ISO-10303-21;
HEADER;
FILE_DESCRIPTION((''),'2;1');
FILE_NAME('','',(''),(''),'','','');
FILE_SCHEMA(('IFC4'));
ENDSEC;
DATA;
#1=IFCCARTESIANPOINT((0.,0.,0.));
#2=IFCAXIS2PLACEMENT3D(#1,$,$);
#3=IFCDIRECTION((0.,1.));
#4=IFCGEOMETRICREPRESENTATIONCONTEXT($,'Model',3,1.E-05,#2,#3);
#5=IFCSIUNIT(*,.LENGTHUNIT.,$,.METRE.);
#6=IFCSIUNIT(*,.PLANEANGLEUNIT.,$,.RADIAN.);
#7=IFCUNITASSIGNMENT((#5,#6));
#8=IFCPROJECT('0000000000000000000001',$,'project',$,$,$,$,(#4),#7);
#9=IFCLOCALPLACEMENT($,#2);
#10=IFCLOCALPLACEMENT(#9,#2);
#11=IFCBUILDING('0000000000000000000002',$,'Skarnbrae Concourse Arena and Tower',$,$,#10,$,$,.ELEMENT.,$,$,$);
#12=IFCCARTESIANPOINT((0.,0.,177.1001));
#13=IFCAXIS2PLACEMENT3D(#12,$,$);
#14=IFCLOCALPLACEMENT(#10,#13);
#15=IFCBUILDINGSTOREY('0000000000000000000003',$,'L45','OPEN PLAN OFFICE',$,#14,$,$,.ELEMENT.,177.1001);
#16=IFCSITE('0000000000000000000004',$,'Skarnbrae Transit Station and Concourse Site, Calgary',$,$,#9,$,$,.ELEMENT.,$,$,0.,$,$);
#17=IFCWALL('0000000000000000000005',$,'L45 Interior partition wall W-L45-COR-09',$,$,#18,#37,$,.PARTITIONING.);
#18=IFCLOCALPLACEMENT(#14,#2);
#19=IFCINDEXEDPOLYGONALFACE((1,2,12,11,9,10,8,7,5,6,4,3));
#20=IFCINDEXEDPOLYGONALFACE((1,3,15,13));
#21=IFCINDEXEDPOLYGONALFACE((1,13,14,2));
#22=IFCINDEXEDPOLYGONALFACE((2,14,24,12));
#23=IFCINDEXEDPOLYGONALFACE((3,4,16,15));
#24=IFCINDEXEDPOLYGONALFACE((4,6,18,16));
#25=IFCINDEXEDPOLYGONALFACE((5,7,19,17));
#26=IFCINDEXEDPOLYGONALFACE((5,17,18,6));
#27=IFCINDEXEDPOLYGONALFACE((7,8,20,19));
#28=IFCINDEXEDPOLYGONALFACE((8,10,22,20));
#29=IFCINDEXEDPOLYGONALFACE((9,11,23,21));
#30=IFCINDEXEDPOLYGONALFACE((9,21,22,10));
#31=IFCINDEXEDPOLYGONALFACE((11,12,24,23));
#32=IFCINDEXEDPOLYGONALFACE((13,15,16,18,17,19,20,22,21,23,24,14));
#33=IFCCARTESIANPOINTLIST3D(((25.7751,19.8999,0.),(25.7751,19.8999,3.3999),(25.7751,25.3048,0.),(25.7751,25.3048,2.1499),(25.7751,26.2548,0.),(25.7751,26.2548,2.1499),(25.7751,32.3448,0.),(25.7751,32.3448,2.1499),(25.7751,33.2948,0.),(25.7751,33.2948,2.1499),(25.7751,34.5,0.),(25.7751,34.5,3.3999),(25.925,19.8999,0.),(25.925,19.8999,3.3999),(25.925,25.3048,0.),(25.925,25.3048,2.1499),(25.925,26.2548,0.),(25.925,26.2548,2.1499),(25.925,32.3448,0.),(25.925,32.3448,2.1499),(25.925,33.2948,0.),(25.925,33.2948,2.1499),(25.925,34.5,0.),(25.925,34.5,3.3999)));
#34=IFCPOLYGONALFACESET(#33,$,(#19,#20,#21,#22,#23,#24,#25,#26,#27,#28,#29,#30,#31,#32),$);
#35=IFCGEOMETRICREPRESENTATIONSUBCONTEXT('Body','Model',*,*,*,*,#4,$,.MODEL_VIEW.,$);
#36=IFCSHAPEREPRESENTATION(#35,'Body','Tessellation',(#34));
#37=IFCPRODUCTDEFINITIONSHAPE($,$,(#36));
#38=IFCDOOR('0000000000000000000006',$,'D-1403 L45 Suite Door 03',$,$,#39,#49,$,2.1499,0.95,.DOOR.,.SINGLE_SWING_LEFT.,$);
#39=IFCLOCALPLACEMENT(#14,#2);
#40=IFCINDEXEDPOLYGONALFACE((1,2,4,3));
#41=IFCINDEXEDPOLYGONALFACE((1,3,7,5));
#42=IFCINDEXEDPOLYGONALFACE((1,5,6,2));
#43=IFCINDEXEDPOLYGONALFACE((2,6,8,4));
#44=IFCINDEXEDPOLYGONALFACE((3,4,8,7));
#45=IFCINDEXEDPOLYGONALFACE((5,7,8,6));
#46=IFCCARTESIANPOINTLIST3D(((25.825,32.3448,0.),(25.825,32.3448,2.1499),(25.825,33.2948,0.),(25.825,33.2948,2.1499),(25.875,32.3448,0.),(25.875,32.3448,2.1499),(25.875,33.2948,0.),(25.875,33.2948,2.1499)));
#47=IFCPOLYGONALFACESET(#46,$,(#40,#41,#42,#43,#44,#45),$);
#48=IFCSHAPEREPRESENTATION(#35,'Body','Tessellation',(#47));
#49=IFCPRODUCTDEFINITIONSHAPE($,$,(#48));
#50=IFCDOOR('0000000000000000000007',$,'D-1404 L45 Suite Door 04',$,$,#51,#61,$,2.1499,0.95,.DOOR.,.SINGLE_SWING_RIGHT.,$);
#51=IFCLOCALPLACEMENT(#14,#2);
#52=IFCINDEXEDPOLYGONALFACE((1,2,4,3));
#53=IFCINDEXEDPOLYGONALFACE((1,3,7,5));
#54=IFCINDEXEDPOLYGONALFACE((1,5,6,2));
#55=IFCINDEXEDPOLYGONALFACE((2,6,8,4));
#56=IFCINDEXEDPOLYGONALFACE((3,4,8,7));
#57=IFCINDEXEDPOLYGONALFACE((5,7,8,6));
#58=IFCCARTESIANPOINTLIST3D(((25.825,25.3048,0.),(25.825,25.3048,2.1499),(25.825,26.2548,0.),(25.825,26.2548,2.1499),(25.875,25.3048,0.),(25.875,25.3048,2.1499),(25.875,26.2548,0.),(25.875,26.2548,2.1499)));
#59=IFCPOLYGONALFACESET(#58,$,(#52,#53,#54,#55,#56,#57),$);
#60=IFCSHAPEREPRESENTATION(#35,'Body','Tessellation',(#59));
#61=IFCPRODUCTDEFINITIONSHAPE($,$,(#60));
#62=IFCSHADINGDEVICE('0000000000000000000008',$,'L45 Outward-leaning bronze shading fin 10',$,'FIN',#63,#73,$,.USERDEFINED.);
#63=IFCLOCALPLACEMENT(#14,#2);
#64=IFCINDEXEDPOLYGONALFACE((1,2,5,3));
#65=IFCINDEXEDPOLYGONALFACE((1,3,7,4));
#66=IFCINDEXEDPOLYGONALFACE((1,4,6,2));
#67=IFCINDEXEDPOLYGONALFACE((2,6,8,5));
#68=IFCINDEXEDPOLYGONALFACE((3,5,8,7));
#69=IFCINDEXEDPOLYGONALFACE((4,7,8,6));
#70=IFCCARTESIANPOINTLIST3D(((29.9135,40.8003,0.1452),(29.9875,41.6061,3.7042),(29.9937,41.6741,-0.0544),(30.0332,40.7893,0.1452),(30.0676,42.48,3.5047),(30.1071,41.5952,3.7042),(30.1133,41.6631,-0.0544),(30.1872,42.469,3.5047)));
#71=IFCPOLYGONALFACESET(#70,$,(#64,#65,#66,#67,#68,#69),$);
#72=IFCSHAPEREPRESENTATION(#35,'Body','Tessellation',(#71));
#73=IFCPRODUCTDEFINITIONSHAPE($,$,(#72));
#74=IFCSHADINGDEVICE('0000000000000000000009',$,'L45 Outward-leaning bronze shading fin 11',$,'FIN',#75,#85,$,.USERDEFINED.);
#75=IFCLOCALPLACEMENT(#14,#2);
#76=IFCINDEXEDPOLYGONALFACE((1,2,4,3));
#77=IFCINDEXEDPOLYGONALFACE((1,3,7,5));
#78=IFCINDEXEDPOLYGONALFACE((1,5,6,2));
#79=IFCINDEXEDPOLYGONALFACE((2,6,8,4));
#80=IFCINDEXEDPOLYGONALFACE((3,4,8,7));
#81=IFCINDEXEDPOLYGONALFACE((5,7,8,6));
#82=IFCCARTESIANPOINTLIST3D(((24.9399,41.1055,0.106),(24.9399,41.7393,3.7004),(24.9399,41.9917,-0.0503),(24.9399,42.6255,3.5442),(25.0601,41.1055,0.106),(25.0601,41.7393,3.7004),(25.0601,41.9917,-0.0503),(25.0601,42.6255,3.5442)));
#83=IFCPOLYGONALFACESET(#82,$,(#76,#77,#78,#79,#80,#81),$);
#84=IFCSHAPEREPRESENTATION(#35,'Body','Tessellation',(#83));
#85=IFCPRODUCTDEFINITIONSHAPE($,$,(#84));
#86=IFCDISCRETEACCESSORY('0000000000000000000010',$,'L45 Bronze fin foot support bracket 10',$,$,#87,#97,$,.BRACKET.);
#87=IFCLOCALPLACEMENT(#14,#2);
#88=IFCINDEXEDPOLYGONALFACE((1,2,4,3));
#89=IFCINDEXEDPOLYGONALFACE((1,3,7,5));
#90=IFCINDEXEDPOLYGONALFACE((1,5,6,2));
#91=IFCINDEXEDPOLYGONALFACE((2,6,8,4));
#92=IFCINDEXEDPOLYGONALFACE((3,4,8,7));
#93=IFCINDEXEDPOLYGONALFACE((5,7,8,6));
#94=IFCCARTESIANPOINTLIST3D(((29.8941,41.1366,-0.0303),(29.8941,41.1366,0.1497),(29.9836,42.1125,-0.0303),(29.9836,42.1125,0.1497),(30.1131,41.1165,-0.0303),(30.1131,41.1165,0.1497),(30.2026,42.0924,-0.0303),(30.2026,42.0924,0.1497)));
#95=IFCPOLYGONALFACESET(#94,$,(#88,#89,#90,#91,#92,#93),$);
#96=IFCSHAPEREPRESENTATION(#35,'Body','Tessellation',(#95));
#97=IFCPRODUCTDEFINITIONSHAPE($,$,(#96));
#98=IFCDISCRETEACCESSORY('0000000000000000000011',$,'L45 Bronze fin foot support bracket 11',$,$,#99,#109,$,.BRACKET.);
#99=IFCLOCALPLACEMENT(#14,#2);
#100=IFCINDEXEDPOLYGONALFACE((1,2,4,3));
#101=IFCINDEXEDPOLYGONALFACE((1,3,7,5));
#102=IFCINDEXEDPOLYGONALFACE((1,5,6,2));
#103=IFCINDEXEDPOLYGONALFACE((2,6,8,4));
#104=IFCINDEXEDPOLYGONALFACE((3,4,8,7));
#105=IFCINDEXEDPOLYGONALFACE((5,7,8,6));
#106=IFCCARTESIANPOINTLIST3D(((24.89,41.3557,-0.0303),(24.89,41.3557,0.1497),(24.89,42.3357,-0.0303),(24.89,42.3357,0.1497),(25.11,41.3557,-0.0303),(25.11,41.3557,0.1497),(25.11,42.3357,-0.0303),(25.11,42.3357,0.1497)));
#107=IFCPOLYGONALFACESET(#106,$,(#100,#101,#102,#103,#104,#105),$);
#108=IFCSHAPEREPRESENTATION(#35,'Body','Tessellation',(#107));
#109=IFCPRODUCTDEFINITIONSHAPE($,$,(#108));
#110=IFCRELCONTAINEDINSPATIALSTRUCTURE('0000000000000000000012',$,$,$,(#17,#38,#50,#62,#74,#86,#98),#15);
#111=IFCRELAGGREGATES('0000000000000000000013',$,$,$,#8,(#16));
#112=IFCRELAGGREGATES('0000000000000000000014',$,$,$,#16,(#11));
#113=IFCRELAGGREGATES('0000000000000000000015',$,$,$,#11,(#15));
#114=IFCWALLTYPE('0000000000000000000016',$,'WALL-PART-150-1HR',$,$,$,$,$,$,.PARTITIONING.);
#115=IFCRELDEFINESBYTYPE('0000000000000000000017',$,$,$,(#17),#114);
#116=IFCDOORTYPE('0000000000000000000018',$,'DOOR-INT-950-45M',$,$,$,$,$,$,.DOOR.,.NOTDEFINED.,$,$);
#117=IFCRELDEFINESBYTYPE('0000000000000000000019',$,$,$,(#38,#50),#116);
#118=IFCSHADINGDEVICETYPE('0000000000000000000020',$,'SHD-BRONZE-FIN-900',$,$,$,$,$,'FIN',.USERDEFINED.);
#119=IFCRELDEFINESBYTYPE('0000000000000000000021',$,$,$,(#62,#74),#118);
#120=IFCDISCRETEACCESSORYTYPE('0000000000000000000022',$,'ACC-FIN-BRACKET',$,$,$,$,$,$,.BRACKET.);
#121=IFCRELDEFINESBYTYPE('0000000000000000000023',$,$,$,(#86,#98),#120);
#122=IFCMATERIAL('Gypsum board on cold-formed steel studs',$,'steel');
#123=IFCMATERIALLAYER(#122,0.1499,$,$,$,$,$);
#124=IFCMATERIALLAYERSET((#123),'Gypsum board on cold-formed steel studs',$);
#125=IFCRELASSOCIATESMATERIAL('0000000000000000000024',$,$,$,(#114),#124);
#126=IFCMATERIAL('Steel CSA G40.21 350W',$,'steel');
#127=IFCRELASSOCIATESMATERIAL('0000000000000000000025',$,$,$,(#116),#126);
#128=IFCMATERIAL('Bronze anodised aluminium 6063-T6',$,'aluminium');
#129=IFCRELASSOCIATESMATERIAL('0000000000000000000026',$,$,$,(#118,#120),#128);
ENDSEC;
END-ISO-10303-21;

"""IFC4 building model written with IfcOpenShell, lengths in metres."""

from ifc_helpers import new_model, si_unit, direction, frame, frame_2d, origin, origin_2d, place, context, subcontext, project, spatial, rectangle, extrude, source, transform, mapped, material, layer, layer_set, type_object, element, fill, save


model = new_model("IFC4")

# Units and contexts
model_context = context("Model", 3, precision=1e-05, world=origin(), true_north=direction((0.0, 1.0)))
body_context = subcontext(model_context, "Body", "Model", "MODEL_VIEW")
ifc_project = project(units=[si_unit("LENGTHUNIT", "METRE"), si_unit("PLANEANGLEUNIT", "RADIAN")], contexts=[model_context])

# Site, building, storey
site_placement = place(None, origin())
site = spatial("IfcSite", under=ifc_project, at=site_placement, Name="Skarnbrae Transit Station and Concourse Site, Calgary", CompositionType="ELEMENT", RefElevation=0.0)
building_placement = place(site_placement, origin())
building = spatial("IfcBuilding", under=site, at=building_placement, Name="Skarnbrae Concourse Arena and Tower", CompositionType="ELEMENT")
storey_placement = place(building_placement, frame((0.0, 0.0, 177.1001)))
storey = spatial("IfcBuildingStorey", under=building, at=storey_placement, Name="L45", Description="OPEN PLAN OFFICE", CompositionType="ELEMENT", Elevation=177.1001)

# Shared definitions
ifc_material_1 = material(Name="Steel CSA G40.21 350W", Category="steel")

# Shared definitions
ifc_material_2 = material(Name="Bronze anodised aluminium 6063-T6", Category="aluminium")

# Shared definitions
ifc_material_3 = material(Name="Gypsum board on cold-formed steel studs", Category="steel")
ifc_layer_1 = layer(ifc_material_3, 0.1499)
ifc_layer_set_1 = layer_set([ifc_layer_1], Name="Gypsum board on cold-formed steel studs")
wall_type = type_object("IfcWallType", Name="WALL-PART-150-1HR", PredefinedType="PARTITIONING", material=ifc_layer_set_1)

# Wall, openings, doors
shared_shape_1 = source(origin(), body_context, "Body", "SweptSolid", [
    extrude(rectangle(XDim=14.6001, YDim=0.1499, at=frame_2d((7.3, 0.0))), origin(), (0.0, 0.0, 1.0), 3.3999),
])
wall_1_placement = place(storey_placement, frame((25.8501, 34.5, 0.0), z_axis=(0.0, 0.0, 1.0), x_axis=(0.0, -1.0, 0.0)))
wall_1 = element("IfcWall", 1, at=wall_1_placement, inside=storey, type_object=wall_type, Name="L45 Interior partition wall W-L45-COR-09", PredefinedType="PARTITIONING", context=body_context, shape_type="MappedRepresentation", body=[
    mapped(shared_shape_1, transform((0.0, 0.0, 0.0))),
])
opening_1_placement = place(wall_1_placement, frame((1.2051, 0.0, 0.0)))
opening_1 = element("IfcOpeningElement", 2, at=opening_1_placement, cuts=wall_1, PredefinedType="OPENING", context=body_context, shape_type="SweptSolid", body=[
    extrude(rectangle(XDim=0.95, YDim=2.1499, at=frame_2d((0.4751, 1.075))), frame((0.0, 0.085, 0.0), z_axis=(0.0, -1.0, 0.0), x_axis=(1.0, 0.0, 0.0)), (0.0, 0.0, 1.0), 0.1699),
])
opening_2_placement = place(wall_1_placement, frame((8.2451, 0.0, 0.0)))
opening_2 = element("IfcOpeningElement", 3, at=opening_2_placement, cuts=wall_1, PredefinedType="OPENING", context=body_context, shape_type="SweptSolid", body=[
    extrude(rectangle(XDim=0.95, YDim=2.1499, at=frame_2d((0.4751, 1.075))), frame((0.0, 0.085, 0.0), z_axis=(0.0, -1.0, 0.0), x_axis=(1.0, 0.0, 0.0)), (0.0, 0.0, 1.0), 0.1699),
])
door_type = type_object("IfcDoorType", Name="DOOR-INT-950-45M", OperationType="NOTDEFINED", PredefinedType="DOOR", material=ifc_material_1)
shared_shape_2 = source(origin(), body_context, "Body", "SweptSolid", [
    extrude(rectangle(XDim=0.95, YDim=2.1499, at=frame_2d((0.4751, 1.075))), frame((0.0, 0.0249, 0.0), z_axis=(0.0, -1.0, 0.0), x_axis=(1.0, 0.0, 0.0)), (0.0, 0.0, 1.0), 0.05),
])
door_1_placement = place(opening_1_placement, origin())
door_1 = element("IfcDoor", 4, at=door_1_placement, inside=storey, type_object=door_type, Name="D-1403 L45 Suite Door 03", OperationType="SINGLE_SWING_LEFT", OverallHeight=2.1499, OverallWidth=0.95, PredefinedType="DOOR", context=body_context, shape_type="MappedRepresentation", body=[
    mapped(shared_shape_2, transform((0.0, 0.0, 0.0))),
])
fill(opening_1, door_1)
door_2_placement = place(opening_2_placement, origin())
door_2 = element("IfcDoor", 5, at=door_2_placement, inside=storey, type_object=door_type, Name="D-1404 L45 Suite Door 04", OperationType="SINGLE_SWING_RIGHT", OverallHeight=2.1499, OverallWidth=0.95, PredefinedType="DOOR", context=body_context, shape_type="MappedRepresentation", body=[
    mapped(shared_shape_2, transform((0.0, 0.0, 0.0))),
])
fill(opening_2, door_2)

# Shading devices
shading_device_type = type_object("IfcShadingDeviceType", Name="SHD-BRONZE-FIN-900", ElementType="FIN", PredefinedType="USERDEFINED", material=ifc_material_2)
shared_shape_3 = source(origin(), body_context, "Body", "SweptSolid", [
    extrude(rectangle(XDim=0.1201, YDim=0.8999, at=origin_2d()), origin(), (0.0, 0.0, 1.0), 3.6499),
])
for number, where, z_axis, x_axis, name in (
    (6, (30.0134, 41.2317, 0.0454), (0.020253, 0.220792, 0.975111), (0.995819, -0.091345, 0.0), "L45 Outward-leaning bronze shading fin 10"),
    (7, (25.0, 41.5486, 0.0278), (0.0, 0.173648, 0.984808), (1.0, 0.0, 0.0), "L45 Outward-leaning bronze shading fin 11"),
):
    element("IfcShadingDevice", number, at=place(storey_placement, frame(where, z_axis=z_axis, x_axis=x_axis)), inside=storey, type_object=shading_device_type, Name=name, ObjectType="FIN", PredefinedType="USERDEFINED", context=body_context, shape_type="MappedRepresentation", body=[
        mapped(shared_shape_3, transform((0.0, 0.0, 0.0))),
    ])

# Discrete accessories
discrete_accessory_type = type_object("IfcDiscreteAccessoryType", Name="ACC-FIN-BRACKET", PredefinedType="BRACKET", material=ifc_material_2)
shared_shape_4 = source(origin(), body_context, "Body", "SweptSolid", [
    extrude(rectangle(XDim=0.22, YDim=0.98, at=origin_2d()), origin(), (0.0, 0.0, 1.0), 0.1799),
])
for number, where, z_axis, x_axis, name in (
    (8, (30.0483, 41.6145, -0.0303), (0.0, 0.0, 1.0), (0.995819, -0.091345, 0.0), "L45 Bronze fin foot support bracket 10"),
    (9, (25.0, 41.8457, -0.0303), (0.0, 0.0, 1.0), (1.0, 0.0, 0.0), "L45 Bronze fin foot support bracket 11"),
):
    element("IfcDiscreteAccessory", number, at=place(storey_placement, frame(where, z_axis=z_axis, x_axis=x_axis)), inside=storey, type_object=discrete_accessory_type, Name=name, PredefinedType="BRACKET", context=body_context, shape_type="MappedRepresentation", body=[
        mapped(shared_shape_4, transform((0.0, 0.0, 0.0))),
    ])

save(model, "model.ifc")
